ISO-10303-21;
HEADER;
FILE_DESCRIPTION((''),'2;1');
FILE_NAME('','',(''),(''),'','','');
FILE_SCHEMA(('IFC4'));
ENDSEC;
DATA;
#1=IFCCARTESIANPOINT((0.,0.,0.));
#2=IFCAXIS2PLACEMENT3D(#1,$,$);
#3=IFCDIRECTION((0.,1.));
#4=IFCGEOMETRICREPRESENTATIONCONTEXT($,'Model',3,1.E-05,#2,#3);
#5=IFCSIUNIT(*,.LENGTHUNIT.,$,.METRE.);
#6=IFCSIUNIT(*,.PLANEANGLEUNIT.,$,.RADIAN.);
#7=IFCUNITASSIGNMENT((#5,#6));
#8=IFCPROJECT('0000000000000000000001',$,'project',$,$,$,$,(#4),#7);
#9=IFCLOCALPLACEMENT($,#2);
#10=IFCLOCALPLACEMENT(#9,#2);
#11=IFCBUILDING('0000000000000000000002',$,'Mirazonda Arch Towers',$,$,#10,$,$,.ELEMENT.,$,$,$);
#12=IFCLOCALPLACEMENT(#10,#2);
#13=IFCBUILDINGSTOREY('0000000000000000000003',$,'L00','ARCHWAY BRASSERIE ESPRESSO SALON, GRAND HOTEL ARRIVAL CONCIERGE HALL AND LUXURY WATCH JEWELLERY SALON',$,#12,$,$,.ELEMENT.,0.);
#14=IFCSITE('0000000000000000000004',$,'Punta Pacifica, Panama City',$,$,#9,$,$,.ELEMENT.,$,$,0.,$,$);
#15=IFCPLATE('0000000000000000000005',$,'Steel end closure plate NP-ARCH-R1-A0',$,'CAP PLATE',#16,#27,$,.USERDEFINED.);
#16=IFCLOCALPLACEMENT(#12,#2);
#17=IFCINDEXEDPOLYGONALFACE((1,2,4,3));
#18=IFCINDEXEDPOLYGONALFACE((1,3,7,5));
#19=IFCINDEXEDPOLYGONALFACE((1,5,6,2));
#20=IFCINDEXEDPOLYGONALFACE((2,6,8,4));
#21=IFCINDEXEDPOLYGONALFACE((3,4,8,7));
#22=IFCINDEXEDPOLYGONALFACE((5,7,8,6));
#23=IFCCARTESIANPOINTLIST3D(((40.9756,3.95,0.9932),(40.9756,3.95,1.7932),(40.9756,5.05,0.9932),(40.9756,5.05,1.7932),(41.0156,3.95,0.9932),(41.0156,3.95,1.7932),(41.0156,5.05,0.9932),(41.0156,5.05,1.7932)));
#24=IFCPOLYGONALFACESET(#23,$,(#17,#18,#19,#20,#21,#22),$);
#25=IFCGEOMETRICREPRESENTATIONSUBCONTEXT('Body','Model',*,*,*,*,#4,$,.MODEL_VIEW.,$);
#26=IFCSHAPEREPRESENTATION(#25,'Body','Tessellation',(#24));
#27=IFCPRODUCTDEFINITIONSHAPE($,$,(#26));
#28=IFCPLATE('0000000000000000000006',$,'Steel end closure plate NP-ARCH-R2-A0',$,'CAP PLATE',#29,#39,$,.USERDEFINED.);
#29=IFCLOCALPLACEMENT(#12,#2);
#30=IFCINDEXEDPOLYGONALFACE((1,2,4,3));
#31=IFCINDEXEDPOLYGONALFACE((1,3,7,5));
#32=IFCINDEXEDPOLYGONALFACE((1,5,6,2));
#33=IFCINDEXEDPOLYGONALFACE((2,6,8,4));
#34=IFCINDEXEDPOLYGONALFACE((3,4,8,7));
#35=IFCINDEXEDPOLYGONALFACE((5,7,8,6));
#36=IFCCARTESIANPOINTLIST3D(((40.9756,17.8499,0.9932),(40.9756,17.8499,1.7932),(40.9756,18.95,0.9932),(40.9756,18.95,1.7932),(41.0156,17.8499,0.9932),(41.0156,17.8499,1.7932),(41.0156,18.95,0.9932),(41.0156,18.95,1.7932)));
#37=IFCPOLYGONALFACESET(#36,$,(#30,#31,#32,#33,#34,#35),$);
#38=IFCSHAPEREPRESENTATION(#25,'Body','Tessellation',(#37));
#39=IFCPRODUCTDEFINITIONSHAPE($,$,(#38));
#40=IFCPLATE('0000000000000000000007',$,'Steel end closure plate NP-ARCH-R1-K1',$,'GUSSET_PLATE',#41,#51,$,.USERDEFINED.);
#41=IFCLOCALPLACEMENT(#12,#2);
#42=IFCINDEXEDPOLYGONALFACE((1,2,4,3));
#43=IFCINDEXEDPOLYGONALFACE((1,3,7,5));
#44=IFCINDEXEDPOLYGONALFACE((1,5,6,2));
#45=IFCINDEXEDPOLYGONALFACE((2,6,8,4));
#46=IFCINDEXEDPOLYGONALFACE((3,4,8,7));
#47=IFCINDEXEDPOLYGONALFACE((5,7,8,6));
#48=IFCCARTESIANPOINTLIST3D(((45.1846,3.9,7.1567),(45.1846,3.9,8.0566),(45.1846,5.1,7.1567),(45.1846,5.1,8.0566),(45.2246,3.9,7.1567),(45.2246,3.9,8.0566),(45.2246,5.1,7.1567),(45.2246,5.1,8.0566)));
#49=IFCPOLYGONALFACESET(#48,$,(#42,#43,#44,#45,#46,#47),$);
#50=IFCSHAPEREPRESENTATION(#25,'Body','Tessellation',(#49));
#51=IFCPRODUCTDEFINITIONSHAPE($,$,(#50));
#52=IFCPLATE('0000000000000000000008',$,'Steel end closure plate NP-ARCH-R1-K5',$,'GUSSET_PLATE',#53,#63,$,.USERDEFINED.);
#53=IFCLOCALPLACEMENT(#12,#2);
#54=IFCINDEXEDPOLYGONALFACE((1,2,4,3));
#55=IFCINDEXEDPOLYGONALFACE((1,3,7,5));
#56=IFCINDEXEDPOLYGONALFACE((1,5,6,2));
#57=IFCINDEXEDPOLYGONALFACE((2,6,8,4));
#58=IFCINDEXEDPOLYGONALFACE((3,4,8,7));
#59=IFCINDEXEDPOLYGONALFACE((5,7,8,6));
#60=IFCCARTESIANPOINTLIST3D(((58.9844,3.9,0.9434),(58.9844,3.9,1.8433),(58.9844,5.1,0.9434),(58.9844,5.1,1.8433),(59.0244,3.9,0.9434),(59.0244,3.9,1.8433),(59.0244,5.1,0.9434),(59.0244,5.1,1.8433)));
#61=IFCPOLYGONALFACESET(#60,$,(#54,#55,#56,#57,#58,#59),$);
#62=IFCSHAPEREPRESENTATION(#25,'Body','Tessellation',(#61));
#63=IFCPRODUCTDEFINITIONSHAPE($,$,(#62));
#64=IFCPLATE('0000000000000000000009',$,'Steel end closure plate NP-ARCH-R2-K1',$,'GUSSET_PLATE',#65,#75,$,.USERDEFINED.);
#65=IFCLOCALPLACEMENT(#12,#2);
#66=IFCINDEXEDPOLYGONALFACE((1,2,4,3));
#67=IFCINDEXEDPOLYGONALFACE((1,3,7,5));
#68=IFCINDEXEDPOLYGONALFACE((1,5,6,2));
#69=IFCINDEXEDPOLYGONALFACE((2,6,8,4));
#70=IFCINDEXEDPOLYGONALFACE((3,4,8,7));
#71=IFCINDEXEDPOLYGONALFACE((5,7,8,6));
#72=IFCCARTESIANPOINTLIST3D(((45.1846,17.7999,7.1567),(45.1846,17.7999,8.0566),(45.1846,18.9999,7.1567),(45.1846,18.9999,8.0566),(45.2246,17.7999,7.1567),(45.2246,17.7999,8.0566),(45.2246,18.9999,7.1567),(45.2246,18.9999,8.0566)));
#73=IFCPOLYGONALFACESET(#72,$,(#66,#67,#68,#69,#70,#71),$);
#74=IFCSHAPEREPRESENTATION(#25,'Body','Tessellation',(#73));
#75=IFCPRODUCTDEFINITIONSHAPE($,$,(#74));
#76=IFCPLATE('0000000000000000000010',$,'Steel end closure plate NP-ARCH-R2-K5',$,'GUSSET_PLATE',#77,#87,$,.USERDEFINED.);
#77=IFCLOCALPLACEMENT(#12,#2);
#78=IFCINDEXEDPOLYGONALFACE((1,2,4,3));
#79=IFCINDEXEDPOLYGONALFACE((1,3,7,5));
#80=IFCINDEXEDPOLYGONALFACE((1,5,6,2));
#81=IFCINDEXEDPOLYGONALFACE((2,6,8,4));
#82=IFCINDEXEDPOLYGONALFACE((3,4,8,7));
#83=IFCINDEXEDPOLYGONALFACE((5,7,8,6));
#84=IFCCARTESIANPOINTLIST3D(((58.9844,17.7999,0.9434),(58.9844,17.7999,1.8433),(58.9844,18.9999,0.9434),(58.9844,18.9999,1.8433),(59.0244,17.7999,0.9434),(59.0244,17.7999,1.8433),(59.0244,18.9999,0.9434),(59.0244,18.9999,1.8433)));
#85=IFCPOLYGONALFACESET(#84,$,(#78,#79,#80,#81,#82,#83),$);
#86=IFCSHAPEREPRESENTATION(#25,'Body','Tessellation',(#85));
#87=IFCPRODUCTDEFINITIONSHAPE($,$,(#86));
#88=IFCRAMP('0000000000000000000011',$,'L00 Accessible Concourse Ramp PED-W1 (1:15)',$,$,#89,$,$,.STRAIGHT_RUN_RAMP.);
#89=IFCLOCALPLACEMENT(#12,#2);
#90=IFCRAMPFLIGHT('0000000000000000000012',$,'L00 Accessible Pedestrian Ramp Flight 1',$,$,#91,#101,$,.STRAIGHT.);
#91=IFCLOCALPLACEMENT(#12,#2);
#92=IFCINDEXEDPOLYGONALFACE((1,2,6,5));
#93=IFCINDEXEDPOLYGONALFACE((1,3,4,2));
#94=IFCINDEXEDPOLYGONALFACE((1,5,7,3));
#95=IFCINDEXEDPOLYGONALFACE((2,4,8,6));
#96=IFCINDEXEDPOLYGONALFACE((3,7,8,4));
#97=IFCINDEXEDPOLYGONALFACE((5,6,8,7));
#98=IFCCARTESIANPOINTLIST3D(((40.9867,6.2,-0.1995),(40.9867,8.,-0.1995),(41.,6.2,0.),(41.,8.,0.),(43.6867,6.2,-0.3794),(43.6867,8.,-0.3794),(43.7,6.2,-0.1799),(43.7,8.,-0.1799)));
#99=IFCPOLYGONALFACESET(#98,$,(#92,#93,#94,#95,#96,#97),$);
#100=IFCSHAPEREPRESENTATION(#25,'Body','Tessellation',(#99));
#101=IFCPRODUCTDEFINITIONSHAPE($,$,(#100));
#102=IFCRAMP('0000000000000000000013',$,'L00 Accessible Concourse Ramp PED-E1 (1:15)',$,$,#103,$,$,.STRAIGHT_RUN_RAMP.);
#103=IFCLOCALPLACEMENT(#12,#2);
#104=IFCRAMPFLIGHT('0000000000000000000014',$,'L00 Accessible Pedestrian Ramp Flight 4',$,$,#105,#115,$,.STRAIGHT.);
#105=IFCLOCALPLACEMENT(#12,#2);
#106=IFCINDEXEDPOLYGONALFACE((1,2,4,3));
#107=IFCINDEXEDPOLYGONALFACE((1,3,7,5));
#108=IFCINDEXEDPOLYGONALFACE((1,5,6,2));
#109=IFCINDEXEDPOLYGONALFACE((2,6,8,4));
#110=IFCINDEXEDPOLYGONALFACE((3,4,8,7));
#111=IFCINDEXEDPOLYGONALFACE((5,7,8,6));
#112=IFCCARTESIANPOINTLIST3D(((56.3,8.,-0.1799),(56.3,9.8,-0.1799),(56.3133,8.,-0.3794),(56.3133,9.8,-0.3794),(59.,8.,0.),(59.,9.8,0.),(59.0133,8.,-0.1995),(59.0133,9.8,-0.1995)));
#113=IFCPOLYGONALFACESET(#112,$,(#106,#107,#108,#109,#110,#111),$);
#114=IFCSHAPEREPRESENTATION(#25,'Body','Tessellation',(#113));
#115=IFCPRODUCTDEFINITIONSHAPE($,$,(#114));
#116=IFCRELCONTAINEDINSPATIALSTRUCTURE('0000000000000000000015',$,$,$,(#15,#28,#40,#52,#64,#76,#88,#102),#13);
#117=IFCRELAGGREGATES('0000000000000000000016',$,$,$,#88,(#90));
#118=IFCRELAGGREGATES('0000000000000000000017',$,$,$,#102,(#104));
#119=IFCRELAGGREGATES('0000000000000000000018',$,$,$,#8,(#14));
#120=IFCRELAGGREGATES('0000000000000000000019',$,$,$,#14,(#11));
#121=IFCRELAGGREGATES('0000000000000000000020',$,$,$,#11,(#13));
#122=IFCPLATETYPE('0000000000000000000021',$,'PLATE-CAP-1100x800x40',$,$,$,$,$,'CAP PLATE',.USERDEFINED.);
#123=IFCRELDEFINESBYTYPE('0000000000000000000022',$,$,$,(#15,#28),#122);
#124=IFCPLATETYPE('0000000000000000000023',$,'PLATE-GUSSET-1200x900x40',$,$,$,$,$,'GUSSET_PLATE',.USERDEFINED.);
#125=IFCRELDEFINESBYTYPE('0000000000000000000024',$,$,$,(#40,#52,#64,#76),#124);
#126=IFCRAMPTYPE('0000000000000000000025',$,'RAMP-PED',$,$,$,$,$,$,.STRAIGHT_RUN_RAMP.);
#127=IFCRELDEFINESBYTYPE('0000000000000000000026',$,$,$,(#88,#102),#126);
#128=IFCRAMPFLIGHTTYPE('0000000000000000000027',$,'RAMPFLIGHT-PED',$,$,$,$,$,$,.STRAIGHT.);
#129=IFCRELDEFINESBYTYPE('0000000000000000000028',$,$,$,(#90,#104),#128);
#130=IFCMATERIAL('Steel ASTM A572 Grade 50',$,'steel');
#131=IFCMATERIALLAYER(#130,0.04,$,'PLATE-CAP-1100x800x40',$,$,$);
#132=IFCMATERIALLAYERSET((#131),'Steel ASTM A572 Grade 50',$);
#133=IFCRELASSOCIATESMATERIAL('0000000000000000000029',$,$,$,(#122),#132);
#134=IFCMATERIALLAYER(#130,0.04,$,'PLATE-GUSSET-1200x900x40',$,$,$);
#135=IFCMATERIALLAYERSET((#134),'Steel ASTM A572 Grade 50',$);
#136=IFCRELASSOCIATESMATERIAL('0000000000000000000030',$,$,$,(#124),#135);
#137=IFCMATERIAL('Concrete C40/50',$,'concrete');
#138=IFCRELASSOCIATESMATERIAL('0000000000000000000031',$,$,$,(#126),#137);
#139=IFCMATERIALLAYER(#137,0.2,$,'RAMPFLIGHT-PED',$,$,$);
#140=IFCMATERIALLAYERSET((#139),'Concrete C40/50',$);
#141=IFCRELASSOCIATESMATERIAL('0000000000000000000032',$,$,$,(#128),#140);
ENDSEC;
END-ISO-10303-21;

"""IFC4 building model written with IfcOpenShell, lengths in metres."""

from ifc_helpers import new_model, si_unit, direction, frame, origin, origin_2d, place, context, subcontext, project, spatial, polyline, rectangle, outline, extrude, material, layer, layer_set, type_object, element, aggregate, save


model = new_model("IFC4")

# Units and contexts
model_context = context("Model", 3, precision=1e-05, world=origin(), true_north=direction((0.0, 1.0)))
body_context = subcontext(model_context, "Body", "Model", "MODEL_VIEW")
ifc_project = project(units=[si_unit("LENGTHUNIT", "METRE"), si_unit("PLANEANGLEUNIT", "RADIAN")], contexts=[model_context])

# Site, building, storey
site_placement = place(None, origin())
site = spatial("IfcSite", under=ifc_project, at=site_placement, Name="Punta Pacifica, Panama City", CompositionType="ELEMENT", RefElevation=0.0)
building_placement = place(site_placement, origin())
building = spatial("IfcBuilding", under=site, at=building_placement, Name="Mirazonda Arch Towers", CompositionType="ELEMENT")
storey_placement = place(building_placement, origin())
storey = spatial("IfcBuildingStorey", under=building, at=storey_placement, Name="L00", Description="ARCHWAY BRASSERIE ESPRESSO SALON, GRAND HOTEL ARRIVAL CONCIERGE HALL AND LUXURY WATCH JEWELLERY SALON", CompositionType="ELEMENT", Elevation=0.0)

# Shared definitions
ifc_material_1 = material(Name="Steel ASTM A572 Grade 50", Category="steel")

# Plates
ifc_layer_1 = layer(ifc_material_1, 0.04, Name="PLATE-CAP-1100x800x40")
ifc_layer_set_1 = layer_set([ifc_layer_1], Name="Steel ASTM A572 Grade 50")
plate_type_1 = type_object("IfcPlateType", Name="PLATE-CAP-1100x800x40", ElementType="CAP PLATE", PredefinedType="USERDEFINED", material=ifc_layer_set_1)
for number, where, z_axis, x_axis, name in (
    (1, (40.9956, 4.5, 0.9932), (0.0, 0.0, 1.0), (-1.0, 0.0, 0.0), "Steel end closure plate NP-ARCH-R1-A0"),
    (2, (40.9956, 18.3999, 0.9932), (0.0, 0.0, 1.0), (-1.0, 0.0, 0.0), "Steel end closure plate NP-ARCH-R2-A0"),
):
    element("IfcPlate", number, at=place(storey_placement, frame(where, z_axis=z_axis, x_axis=x_axis)), inside=storey, type_object=plate_type_1, Name=name, ObjectType="CAP PLATE", PredefinedType="USERDEFINED", context=body_context, shape_type="SweptSolid", body=[
        extrude(rectangle(XDim=0.04, YDim=1.1001, at=origin_2d()), origin(), (0.0, 0.0, 1.0), 0.8),
    ])
ifc_layer_2 = layer(ifc_material_1, 0.04, Name="PLATE-GUSSET-1200x900x40")
ifc_layer_set_2 = layer_set([ifc_layer_2], Name="Steel ASTM A572 Grade 50")
plate_type_2 = type_object("IfcPlateType", Name="PLATE-GUSSET-1200x900x40", ElementType="GUSSET_PLATE", PredefinedType="USERDEFINED", material=ifc_layer_set_2)
for number, where, z_axis, x_axis, name in (
    (3, (45.2046, 4.5, 7.1567), (0.0, 0.0, 1.0), (1.0, 0.0, 0.0), "Steel end closure plate NP-ARCH-R1-K1"),
    (4, (59.0044, 4.5, 0.9434), (0.0, 0.0, 1.0), (1.0, 0.0, 0.0), "Steel end closure plate NP-ARCH-R1-K5"),
    (5, (45.2046, 18.3999, 7.1567), (0.0, 0.0, 1.0), (1.0, 0.0, 0.0), "Steel end closure plate NP-ARCH-R2-K1"),
    (6, (59.0044, 18.3999, 0.9434), (0.0, 0.0, 1.0), (1.0, 0.0, 0.0), "Steel end closure plate NP-ARCH-R2-K5"),
):
    element("IfcPlate", number, at=place(storey_placement, frame(where, z_axis=z_axis, x_axis=x_axis)), inside=storey, type_object=plate_type_2, Name=name, ObjectType="GUSSET_PLATE", PredefinedType="USERDEFINED", context=body_context, shape_type="SweptSolid", body=[
        extrude(rectangle(XDim=0.04, YDim=1.2, at=origin_2d()), origin(), (0.0, 0.0, 1.0), 0.8999),
    ])

# Ramps, ramp flights
ifc_material_2 = material(Name="Concrete C40/50", Category="concrete")
ramp_type = type_object("IfcRampType", Name="RAMP-PED", PredefinedType="STRAIGHT_RUN_RAMP", material=ifc_material_2)
ramp_1_placement = place(storey_placement, origin())
ramp_1 = element("IfcRamp", 7, at=ramp_1_placement, inside=storey, type_object=ramp_type, Name="L00 Accessible Concourse Ramp PED-W1 (1:15)", PredefinedType="STRAIGHT_RUN_RAMP")
ifc_layer_3 = layer(ifc_material_2, 0.2, Name="RAMPFLIGHT-PED")
ifc_layer_set_3 = layer_set([ifc_layer_3], Name="Concrete C40/50")
ramp_flight_type = type_object("IfcRampFlightType", Name="RAMPFLIGHT-PED", PredefinedType="STRAIGHT", material=ifc_layer_set_3)
ramp_flight_1_placement = place(storey_placement, frame((43.7, 8.0, -0.1799), z_axis=(0.066495, 0.0, 0.997787), x_axis=(-0.997787, 0.0, 0.066495)))
ramp_flight_1 = element("IfcRampFlight", 8, at=ramp_flight_1_placement, type_object=ramp_flight_type, Name="L00 Accessible Pedestrian Ramp Flight 1", PredefinedType="STRAIGHT", context=body_context, shape_type="SweptSolid", body=[
    extrude(outline(polyline([(0.0, 0.0), (2.7059, 0.0), (2.7059, 1.8), (0.0, 1.8), (0.0, 0.0)])), origin(), (0.0, 0.0, -1.0), 0.2),
])
aggregate(ramp_1, [ramp_flight_1])
ramp_2_placement = place(storey_placement, origin())
ramp_2 = element("IfcRamp", 9, at=ramp_2_placement, inside=storey, type_object=ramp_type, Name="L00 Accessible Concourse Ramp PED-E1 (1:15)", PredefinedType="STRAIGHT_RUN_RAMP")
ramp_flight_2_placement = place(storey_placement, frame((56.3, 8.0, -0.1799), z_axis=(-0.066495, 0.0, 0.997787), x_axis=(0.997787, 0.0, 0.066495)))
ramp_flight_2 = element("IfcRampFlight", 10, at=ramp_flight_2_placement, type_object=ramp_flight_type, Name="L00 Accessible Pedestrian Ramp Flight 4", PredefinedType="STRAIGHT", context=body_context, shape_type="SweptSolid", body=[
    extrude(outline(polyline([(0.0, 0.0), (2.7059, 0.0), (2.7059, 1.8), (0.0, 1.8), (0.0, 0.0)])), origin(), (0.0, 0.0, -1.0), 0.2),
])
aggregate(ramp_2, [ramp_flight_2])

save(model, "model.ifc")
